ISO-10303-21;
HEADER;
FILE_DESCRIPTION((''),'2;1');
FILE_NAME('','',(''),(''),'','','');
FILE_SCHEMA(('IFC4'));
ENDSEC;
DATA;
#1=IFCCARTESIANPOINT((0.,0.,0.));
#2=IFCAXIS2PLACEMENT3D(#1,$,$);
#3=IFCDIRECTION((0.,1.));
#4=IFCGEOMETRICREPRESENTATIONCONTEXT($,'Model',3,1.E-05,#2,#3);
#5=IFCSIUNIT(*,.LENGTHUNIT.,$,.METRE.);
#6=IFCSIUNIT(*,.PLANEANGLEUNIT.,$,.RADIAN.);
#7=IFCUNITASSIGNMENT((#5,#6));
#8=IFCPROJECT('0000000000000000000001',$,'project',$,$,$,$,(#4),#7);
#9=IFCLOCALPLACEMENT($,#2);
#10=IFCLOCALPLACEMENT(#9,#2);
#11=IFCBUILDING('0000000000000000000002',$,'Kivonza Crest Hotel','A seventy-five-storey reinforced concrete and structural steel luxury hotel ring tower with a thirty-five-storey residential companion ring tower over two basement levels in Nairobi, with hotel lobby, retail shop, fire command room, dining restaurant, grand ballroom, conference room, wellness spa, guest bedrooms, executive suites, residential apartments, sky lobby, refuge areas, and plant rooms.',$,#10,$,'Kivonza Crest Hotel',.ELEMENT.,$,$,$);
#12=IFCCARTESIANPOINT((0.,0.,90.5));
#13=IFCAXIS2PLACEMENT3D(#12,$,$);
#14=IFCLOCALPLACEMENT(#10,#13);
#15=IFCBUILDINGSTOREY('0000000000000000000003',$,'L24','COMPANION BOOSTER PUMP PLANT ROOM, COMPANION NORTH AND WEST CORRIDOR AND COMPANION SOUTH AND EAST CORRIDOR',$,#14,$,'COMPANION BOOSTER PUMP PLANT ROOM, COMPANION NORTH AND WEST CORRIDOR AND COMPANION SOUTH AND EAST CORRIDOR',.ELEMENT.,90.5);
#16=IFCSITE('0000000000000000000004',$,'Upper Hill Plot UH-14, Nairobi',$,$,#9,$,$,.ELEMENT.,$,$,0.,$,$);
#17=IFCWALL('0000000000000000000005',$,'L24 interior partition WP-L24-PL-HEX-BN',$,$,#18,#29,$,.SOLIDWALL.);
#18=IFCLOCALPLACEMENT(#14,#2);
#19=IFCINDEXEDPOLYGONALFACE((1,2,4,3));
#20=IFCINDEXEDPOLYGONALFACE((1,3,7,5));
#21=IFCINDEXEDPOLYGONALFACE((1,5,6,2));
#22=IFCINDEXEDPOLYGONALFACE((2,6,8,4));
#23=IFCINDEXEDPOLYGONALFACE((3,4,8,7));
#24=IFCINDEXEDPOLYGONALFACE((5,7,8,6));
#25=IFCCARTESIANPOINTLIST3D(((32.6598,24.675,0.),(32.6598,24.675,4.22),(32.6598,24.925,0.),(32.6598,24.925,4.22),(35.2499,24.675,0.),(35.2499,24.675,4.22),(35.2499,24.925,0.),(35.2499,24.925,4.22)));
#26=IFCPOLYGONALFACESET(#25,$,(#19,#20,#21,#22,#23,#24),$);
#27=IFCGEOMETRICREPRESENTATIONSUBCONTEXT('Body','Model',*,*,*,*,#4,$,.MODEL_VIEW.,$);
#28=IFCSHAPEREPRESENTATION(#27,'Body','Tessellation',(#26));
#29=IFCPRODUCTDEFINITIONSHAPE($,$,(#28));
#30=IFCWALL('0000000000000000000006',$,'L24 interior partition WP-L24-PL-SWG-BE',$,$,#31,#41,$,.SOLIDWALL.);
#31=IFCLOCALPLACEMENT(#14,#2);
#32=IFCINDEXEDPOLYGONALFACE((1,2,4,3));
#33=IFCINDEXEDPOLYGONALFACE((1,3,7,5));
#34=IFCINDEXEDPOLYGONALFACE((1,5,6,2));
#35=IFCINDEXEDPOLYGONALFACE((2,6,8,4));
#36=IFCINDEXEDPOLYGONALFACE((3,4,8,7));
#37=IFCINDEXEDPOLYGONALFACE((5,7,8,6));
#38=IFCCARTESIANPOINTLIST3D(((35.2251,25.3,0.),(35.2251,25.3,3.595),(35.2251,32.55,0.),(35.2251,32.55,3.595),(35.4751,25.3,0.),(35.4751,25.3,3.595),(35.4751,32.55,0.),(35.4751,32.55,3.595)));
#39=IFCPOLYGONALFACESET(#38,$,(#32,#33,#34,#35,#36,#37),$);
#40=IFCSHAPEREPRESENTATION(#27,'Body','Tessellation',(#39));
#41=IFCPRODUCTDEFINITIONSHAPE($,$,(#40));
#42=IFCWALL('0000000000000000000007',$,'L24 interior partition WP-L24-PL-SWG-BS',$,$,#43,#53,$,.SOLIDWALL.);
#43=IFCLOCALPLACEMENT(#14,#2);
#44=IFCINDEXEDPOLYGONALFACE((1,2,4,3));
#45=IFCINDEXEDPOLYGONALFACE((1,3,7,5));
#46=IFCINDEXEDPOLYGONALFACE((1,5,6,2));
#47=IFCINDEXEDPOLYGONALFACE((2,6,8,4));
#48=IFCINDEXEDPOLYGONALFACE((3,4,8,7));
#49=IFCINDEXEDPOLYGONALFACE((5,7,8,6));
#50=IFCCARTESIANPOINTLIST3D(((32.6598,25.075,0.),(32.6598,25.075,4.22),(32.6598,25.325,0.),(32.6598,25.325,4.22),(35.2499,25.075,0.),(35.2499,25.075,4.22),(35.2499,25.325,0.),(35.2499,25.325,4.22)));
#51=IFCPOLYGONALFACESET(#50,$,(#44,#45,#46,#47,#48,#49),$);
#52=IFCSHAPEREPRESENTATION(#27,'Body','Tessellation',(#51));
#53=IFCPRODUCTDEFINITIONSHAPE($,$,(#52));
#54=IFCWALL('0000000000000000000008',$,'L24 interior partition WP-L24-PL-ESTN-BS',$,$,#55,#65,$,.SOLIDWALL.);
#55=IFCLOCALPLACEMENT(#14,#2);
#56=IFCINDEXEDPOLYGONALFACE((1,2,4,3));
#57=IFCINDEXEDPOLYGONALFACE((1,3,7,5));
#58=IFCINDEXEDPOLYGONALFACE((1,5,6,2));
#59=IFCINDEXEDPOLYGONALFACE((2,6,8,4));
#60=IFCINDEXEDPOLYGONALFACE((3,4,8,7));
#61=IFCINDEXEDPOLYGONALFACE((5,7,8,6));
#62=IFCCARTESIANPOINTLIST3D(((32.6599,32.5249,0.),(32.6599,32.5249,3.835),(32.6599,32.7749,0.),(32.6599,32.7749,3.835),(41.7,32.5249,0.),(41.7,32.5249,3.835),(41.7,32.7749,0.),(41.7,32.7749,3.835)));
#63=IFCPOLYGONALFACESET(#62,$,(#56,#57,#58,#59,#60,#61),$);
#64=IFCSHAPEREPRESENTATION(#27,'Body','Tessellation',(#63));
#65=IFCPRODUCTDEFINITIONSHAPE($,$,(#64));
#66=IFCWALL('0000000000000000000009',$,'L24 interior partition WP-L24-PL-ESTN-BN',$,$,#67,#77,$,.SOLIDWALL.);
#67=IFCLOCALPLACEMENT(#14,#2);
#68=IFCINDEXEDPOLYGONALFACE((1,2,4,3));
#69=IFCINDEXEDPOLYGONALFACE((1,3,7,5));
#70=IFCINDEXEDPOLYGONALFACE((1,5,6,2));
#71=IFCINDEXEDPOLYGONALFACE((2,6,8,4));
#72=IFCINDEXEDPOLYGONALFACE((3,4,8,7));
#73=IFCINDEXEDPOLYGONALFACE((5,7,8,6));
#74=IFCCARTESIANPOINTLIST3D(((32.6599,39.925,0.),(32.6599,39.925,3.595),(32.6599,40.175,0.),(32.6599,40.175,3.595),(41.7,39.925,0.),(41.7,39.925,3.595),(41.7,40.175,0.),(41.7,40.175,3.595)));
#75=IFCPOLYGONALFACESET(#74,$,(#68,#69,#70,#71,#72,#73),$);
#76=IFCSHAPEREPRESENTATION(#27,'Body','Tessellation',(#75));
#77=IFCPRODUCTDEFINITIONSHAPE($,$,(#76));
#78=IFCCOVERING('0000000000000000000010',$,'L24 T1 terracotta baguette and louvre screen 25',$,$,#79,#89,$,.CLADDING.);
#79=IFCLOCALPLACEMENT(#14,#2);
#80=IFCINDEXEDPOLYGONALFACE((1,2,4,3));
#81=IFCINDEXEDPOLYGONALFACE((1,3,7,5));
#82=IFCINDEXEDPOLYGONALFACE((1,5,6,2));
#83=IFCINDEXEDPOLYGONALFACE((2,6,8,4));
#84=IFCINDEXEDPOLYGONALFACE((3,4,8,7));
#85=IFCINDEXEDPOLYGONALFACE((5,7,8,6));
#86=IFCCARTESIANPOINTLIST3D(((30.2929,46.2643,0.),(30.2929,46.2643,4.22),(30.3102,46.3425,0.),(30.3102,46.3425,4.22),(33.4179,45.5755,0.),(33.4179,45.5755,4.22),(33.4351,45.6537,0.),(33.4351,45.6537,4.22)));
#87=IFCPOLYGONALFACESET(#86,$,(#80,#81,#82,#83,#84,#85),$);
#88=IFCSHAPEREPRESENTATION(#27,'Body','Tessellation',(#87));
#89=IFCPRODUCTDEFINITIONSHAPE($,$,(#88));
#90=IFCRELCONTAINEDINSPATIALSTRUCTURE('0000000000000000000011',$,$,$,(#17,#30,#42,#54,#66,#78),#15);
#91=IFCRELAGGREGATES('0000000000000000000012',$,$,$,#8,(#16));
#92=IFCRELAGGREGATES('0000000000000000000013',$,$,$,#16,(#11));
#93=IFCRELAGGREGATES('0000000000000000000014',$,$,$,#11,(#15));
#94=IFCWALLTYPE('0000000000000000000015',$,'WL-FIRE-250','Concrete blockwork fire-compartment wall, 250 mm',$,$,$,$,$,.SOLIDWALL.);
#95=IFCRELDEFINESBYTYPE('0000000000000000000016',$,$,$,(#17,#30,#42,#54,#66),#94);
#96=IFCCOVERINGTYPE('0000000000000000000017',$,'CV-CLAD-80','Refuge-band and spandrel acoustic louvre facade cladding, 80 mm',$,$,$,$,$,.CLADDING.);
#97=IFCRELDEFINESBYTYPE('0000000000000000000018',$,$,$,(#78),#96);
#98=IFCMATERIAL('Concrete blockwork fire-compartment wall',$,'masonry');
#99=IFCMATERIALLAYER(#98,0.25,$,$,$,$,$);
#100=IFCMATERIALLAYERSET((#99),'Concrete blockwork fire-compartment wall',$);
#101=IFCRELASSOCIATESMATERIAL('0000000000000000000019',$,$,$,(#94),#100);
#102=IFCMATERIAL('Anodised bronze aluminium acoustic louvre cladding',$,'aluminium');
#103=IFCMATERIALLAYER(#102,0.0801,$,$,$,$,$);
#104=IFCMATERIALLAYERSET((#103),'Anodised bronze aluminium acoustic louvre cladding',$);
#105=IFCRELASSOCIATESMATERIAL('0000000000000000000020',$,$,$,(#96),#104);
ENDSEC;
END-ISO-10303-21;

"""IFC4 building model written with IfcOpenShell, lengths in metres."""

from ifc_helpers import new_model, si_unit, direction, frame, frame_2d, origin, origin_2d, place, context, subcontext, project, spatial, rectangle, extrude, material, layer, layer_set, type_object, element, save


model = new_model("IFC4")

# Units and contexts
model_context = context("Model", 3, precision=1e-05, world=origin(), true_north=direction((0.0, 1.0)))
body_context = subcontext(model_context, "Body", "Model", "MODEL_VIEW")
ifc_project = project(units=[si_unit("LENGTHUNIT", "METRE"), si_unit("PLANEANGLEUNIT", "RADIAN")], contexts=[model_context])

# Site, building, storey
site_placement = place(None, origin())
site = spatial("IfcSite", under=ifc_project, at=site_placement, Name="Upper Hill Plot UH-14, Nairobi", CompositionType="ELEMENT", RefElevation=0.0)
building_placement = place(site_placement, origin())
building = spatial("IfcBuilding", under=site, at=building_placement, Name="Kivonza Crest Hotel", Description="A seventy-five-storey reinforced concrete and structural steel luxury hotel ring tower with a thirty-five-storey residential companion ring tower over two basement levels in Nairobi, with hotel lobby, retail shop, fire command room, dining restaurant, grand ballroom, conference room, wellness spa, guest bedrooms, executive suites, residential apartments, sky lobby, refuge areas, and plant rooms.", LongName="Kivonza Crest Hotel", CompositionType="ELEMENT")
storey_placement = place(building_placement, frame((0.0, 0.0, 90.5)))
storey = spatial("IfcBuildingStorey", under=building, at=storey_placement, Name="L24", Description="COMPANION BOOSTER PUMP PLANT ROOM, COMPANION NORTH AND WEST CORRIDOR AND COMPANION SOUTH AND EAST CORRIDOR", LongName="COMPANION BOOSTER PUMP PLANT ROOM, COMPANION NORTH AND WEST CORRIDOR AND COMPANION SOUTH AND EAST CORRIDOR", CompositionType="ELEMENT", Elevation=90.5)

# Walls
ifc_material_1 = material(Name="Concrete blockwork fire-compartment wall", Category="masonry")
ifc_layer_1 = layer(ifc_material_1, 0.25)
ifc_layer_set_1 = layer_set([ifc_layer_1], Name="Concrete blockwork fire-compartment wall")
wall_type_1 = type_object("IfcWallType", Name="WL-FIRE-250", Description="Concrete blockwork fire-compartment wall, 250 mm", PredefinedType="SOLIDWALL", material=ifc_layer_set_1)
wall_1_placement = place(storey_placement, frame((32.6599, 24.8, 0.0), z_axis=(0.0, 0.0, 1.0), x_axis=(1.0, 0.0, 0.0)))
element("IfcWall", 1, at=wall_1_placement, inside=storey, type_object=wall_type_1, Name="L24 interior partition WP-L24-PL-HEX-BN", PredefinedType="SOLIDWALL", context=body_context, shape_type="SweptSolid", body=[
    extrude(rectangle(XDim=2.5901, YDim=0.25, at=frame_2d((1.2949, 0.0))), origin(), (0.0, 0.0, 1.0), 4.22),
])
wall_2_placement = place(storey_placement, frame((35.3501, 25.3, 0.0), z_axis=(0.0, 0.0, 1.0), x_axis=(0.0, 1.0, 0.0)))
element("IfcWall", 2, at=wall_2_placement, inside=storey, type_object=wall_type_1, Name="L24 interior partition WP-L24-PL-SWG-BE", PredefinedType="SOLIDWALL", context=body_context, shape_type="SweptSolid", body=[
    extrude(rectangle(XDim=7.25, YDim=0.25, at=frame_2d((3.625, 0.0))), origin(), (0.0, 0.0, 1.0), 3.595),
])
wall_3_placement = place(storey_placement, frame((32.6599, 25.2, 0.0), z_axis=(0.0, 0.0, 1.0), x_axis=(1.0, 0.0, 0.0)))
element("IfcWall", 3, at=wall_3_placement, inside=storey, type_object=wall_type_1, Name="L24 interior partition WP-L24-PL-SWG-BS", PredefinedType="SOLIDWALL", context=body_context, shape_type="SweptSolid", body=[
    extrude(rectangle(XDim=2.5901, YDim=0.25, at=frame_2d((1.2949, 0.0))), origin(), (0.0, 0.0, 1.0), 4.22),
])
wall_4_placement = place(storey_placement, frame((32.6599, 32.6499, 0.0), z_axis=(0.0, 0.0, 1.0), x_axis=(1.0, 0.0, 0.0)))
element("IfcWall", 4, at=wall_4_placement, inside=storey, type_object=wall_type_1, Name="L24 interior partition WP-L24-PL-ESTN-BS", PredefinedType="SOLIDWALL", context=body_context, shape_type="SweptSolid", body=[
    extrude(rectangle(XDim=9.04, YDim=0.25, at=frame_2d((4.52, 0.0))), origin(), (0.0, 0.0, 1.0), 3.835),
])
wall_5_placement = place(storey_placement, frame((32.6599, 40.05, 0.0), z_axis=(0.0, 0.0, 1.0), x_axis=(1.0, 0.0, 0.0)))
element("IfcWall", 5, at=wall_5_placement, inside=storey, type_object=wall_type_1, Name="L24 interior partition WP-L24-PL-ESTN-BN", PredefinedType="SOLIDWALL", context=body_context, shape_type="SweptSolid", body=[
    extrude(rectangle(XDim=9.04, YDim=0.25, at=frame_2d((4.52, 0.0))), origin(), (0.0, 0.0, 1.0), 3.595),
])

# Covering
ifc_material_2 = material(Name="Anodised bronze aluminium acoustic louvre cladding", Category="aluminium")
ifc_layer_2 = layer(ifc_material_2, 0.0801)
ifc_layer_set_2 = layer_set([ifc_layer_2], Name="Anodised bronze aluminium acoustic louvre cladding")
covering_type = type_object("IfcCoveringType", Name="CV-CLAD-80", Description="Refuge-band and spandrel acoustic louvre facade cladding, 80 mm", PredefinedType="CLADDING", material=ifc_layer_set_2)
covering_placement = place(storey_placement, frame((31.864, 45.959, 0.0), z_axis=(0.0, 0.0, 1.0), x_axis=(-0.97656, 0.215247, 0.0)))
element("IfcCovering", 6, at=covering_placement, inside=storey, type_object=covering_type, Name="L24 T1 terracotta baguette and louvre screen 25", PredefinedType="CLADDING", context=body_context, shape_type="SweptSolid", body=[
    extrude(rectangle(XDim=3.2, YDim=0.0801, at=origin_2d()), origin(), (0.0, 0.0, 1.0), 4.22),
])

save(model, "model.ifc")
